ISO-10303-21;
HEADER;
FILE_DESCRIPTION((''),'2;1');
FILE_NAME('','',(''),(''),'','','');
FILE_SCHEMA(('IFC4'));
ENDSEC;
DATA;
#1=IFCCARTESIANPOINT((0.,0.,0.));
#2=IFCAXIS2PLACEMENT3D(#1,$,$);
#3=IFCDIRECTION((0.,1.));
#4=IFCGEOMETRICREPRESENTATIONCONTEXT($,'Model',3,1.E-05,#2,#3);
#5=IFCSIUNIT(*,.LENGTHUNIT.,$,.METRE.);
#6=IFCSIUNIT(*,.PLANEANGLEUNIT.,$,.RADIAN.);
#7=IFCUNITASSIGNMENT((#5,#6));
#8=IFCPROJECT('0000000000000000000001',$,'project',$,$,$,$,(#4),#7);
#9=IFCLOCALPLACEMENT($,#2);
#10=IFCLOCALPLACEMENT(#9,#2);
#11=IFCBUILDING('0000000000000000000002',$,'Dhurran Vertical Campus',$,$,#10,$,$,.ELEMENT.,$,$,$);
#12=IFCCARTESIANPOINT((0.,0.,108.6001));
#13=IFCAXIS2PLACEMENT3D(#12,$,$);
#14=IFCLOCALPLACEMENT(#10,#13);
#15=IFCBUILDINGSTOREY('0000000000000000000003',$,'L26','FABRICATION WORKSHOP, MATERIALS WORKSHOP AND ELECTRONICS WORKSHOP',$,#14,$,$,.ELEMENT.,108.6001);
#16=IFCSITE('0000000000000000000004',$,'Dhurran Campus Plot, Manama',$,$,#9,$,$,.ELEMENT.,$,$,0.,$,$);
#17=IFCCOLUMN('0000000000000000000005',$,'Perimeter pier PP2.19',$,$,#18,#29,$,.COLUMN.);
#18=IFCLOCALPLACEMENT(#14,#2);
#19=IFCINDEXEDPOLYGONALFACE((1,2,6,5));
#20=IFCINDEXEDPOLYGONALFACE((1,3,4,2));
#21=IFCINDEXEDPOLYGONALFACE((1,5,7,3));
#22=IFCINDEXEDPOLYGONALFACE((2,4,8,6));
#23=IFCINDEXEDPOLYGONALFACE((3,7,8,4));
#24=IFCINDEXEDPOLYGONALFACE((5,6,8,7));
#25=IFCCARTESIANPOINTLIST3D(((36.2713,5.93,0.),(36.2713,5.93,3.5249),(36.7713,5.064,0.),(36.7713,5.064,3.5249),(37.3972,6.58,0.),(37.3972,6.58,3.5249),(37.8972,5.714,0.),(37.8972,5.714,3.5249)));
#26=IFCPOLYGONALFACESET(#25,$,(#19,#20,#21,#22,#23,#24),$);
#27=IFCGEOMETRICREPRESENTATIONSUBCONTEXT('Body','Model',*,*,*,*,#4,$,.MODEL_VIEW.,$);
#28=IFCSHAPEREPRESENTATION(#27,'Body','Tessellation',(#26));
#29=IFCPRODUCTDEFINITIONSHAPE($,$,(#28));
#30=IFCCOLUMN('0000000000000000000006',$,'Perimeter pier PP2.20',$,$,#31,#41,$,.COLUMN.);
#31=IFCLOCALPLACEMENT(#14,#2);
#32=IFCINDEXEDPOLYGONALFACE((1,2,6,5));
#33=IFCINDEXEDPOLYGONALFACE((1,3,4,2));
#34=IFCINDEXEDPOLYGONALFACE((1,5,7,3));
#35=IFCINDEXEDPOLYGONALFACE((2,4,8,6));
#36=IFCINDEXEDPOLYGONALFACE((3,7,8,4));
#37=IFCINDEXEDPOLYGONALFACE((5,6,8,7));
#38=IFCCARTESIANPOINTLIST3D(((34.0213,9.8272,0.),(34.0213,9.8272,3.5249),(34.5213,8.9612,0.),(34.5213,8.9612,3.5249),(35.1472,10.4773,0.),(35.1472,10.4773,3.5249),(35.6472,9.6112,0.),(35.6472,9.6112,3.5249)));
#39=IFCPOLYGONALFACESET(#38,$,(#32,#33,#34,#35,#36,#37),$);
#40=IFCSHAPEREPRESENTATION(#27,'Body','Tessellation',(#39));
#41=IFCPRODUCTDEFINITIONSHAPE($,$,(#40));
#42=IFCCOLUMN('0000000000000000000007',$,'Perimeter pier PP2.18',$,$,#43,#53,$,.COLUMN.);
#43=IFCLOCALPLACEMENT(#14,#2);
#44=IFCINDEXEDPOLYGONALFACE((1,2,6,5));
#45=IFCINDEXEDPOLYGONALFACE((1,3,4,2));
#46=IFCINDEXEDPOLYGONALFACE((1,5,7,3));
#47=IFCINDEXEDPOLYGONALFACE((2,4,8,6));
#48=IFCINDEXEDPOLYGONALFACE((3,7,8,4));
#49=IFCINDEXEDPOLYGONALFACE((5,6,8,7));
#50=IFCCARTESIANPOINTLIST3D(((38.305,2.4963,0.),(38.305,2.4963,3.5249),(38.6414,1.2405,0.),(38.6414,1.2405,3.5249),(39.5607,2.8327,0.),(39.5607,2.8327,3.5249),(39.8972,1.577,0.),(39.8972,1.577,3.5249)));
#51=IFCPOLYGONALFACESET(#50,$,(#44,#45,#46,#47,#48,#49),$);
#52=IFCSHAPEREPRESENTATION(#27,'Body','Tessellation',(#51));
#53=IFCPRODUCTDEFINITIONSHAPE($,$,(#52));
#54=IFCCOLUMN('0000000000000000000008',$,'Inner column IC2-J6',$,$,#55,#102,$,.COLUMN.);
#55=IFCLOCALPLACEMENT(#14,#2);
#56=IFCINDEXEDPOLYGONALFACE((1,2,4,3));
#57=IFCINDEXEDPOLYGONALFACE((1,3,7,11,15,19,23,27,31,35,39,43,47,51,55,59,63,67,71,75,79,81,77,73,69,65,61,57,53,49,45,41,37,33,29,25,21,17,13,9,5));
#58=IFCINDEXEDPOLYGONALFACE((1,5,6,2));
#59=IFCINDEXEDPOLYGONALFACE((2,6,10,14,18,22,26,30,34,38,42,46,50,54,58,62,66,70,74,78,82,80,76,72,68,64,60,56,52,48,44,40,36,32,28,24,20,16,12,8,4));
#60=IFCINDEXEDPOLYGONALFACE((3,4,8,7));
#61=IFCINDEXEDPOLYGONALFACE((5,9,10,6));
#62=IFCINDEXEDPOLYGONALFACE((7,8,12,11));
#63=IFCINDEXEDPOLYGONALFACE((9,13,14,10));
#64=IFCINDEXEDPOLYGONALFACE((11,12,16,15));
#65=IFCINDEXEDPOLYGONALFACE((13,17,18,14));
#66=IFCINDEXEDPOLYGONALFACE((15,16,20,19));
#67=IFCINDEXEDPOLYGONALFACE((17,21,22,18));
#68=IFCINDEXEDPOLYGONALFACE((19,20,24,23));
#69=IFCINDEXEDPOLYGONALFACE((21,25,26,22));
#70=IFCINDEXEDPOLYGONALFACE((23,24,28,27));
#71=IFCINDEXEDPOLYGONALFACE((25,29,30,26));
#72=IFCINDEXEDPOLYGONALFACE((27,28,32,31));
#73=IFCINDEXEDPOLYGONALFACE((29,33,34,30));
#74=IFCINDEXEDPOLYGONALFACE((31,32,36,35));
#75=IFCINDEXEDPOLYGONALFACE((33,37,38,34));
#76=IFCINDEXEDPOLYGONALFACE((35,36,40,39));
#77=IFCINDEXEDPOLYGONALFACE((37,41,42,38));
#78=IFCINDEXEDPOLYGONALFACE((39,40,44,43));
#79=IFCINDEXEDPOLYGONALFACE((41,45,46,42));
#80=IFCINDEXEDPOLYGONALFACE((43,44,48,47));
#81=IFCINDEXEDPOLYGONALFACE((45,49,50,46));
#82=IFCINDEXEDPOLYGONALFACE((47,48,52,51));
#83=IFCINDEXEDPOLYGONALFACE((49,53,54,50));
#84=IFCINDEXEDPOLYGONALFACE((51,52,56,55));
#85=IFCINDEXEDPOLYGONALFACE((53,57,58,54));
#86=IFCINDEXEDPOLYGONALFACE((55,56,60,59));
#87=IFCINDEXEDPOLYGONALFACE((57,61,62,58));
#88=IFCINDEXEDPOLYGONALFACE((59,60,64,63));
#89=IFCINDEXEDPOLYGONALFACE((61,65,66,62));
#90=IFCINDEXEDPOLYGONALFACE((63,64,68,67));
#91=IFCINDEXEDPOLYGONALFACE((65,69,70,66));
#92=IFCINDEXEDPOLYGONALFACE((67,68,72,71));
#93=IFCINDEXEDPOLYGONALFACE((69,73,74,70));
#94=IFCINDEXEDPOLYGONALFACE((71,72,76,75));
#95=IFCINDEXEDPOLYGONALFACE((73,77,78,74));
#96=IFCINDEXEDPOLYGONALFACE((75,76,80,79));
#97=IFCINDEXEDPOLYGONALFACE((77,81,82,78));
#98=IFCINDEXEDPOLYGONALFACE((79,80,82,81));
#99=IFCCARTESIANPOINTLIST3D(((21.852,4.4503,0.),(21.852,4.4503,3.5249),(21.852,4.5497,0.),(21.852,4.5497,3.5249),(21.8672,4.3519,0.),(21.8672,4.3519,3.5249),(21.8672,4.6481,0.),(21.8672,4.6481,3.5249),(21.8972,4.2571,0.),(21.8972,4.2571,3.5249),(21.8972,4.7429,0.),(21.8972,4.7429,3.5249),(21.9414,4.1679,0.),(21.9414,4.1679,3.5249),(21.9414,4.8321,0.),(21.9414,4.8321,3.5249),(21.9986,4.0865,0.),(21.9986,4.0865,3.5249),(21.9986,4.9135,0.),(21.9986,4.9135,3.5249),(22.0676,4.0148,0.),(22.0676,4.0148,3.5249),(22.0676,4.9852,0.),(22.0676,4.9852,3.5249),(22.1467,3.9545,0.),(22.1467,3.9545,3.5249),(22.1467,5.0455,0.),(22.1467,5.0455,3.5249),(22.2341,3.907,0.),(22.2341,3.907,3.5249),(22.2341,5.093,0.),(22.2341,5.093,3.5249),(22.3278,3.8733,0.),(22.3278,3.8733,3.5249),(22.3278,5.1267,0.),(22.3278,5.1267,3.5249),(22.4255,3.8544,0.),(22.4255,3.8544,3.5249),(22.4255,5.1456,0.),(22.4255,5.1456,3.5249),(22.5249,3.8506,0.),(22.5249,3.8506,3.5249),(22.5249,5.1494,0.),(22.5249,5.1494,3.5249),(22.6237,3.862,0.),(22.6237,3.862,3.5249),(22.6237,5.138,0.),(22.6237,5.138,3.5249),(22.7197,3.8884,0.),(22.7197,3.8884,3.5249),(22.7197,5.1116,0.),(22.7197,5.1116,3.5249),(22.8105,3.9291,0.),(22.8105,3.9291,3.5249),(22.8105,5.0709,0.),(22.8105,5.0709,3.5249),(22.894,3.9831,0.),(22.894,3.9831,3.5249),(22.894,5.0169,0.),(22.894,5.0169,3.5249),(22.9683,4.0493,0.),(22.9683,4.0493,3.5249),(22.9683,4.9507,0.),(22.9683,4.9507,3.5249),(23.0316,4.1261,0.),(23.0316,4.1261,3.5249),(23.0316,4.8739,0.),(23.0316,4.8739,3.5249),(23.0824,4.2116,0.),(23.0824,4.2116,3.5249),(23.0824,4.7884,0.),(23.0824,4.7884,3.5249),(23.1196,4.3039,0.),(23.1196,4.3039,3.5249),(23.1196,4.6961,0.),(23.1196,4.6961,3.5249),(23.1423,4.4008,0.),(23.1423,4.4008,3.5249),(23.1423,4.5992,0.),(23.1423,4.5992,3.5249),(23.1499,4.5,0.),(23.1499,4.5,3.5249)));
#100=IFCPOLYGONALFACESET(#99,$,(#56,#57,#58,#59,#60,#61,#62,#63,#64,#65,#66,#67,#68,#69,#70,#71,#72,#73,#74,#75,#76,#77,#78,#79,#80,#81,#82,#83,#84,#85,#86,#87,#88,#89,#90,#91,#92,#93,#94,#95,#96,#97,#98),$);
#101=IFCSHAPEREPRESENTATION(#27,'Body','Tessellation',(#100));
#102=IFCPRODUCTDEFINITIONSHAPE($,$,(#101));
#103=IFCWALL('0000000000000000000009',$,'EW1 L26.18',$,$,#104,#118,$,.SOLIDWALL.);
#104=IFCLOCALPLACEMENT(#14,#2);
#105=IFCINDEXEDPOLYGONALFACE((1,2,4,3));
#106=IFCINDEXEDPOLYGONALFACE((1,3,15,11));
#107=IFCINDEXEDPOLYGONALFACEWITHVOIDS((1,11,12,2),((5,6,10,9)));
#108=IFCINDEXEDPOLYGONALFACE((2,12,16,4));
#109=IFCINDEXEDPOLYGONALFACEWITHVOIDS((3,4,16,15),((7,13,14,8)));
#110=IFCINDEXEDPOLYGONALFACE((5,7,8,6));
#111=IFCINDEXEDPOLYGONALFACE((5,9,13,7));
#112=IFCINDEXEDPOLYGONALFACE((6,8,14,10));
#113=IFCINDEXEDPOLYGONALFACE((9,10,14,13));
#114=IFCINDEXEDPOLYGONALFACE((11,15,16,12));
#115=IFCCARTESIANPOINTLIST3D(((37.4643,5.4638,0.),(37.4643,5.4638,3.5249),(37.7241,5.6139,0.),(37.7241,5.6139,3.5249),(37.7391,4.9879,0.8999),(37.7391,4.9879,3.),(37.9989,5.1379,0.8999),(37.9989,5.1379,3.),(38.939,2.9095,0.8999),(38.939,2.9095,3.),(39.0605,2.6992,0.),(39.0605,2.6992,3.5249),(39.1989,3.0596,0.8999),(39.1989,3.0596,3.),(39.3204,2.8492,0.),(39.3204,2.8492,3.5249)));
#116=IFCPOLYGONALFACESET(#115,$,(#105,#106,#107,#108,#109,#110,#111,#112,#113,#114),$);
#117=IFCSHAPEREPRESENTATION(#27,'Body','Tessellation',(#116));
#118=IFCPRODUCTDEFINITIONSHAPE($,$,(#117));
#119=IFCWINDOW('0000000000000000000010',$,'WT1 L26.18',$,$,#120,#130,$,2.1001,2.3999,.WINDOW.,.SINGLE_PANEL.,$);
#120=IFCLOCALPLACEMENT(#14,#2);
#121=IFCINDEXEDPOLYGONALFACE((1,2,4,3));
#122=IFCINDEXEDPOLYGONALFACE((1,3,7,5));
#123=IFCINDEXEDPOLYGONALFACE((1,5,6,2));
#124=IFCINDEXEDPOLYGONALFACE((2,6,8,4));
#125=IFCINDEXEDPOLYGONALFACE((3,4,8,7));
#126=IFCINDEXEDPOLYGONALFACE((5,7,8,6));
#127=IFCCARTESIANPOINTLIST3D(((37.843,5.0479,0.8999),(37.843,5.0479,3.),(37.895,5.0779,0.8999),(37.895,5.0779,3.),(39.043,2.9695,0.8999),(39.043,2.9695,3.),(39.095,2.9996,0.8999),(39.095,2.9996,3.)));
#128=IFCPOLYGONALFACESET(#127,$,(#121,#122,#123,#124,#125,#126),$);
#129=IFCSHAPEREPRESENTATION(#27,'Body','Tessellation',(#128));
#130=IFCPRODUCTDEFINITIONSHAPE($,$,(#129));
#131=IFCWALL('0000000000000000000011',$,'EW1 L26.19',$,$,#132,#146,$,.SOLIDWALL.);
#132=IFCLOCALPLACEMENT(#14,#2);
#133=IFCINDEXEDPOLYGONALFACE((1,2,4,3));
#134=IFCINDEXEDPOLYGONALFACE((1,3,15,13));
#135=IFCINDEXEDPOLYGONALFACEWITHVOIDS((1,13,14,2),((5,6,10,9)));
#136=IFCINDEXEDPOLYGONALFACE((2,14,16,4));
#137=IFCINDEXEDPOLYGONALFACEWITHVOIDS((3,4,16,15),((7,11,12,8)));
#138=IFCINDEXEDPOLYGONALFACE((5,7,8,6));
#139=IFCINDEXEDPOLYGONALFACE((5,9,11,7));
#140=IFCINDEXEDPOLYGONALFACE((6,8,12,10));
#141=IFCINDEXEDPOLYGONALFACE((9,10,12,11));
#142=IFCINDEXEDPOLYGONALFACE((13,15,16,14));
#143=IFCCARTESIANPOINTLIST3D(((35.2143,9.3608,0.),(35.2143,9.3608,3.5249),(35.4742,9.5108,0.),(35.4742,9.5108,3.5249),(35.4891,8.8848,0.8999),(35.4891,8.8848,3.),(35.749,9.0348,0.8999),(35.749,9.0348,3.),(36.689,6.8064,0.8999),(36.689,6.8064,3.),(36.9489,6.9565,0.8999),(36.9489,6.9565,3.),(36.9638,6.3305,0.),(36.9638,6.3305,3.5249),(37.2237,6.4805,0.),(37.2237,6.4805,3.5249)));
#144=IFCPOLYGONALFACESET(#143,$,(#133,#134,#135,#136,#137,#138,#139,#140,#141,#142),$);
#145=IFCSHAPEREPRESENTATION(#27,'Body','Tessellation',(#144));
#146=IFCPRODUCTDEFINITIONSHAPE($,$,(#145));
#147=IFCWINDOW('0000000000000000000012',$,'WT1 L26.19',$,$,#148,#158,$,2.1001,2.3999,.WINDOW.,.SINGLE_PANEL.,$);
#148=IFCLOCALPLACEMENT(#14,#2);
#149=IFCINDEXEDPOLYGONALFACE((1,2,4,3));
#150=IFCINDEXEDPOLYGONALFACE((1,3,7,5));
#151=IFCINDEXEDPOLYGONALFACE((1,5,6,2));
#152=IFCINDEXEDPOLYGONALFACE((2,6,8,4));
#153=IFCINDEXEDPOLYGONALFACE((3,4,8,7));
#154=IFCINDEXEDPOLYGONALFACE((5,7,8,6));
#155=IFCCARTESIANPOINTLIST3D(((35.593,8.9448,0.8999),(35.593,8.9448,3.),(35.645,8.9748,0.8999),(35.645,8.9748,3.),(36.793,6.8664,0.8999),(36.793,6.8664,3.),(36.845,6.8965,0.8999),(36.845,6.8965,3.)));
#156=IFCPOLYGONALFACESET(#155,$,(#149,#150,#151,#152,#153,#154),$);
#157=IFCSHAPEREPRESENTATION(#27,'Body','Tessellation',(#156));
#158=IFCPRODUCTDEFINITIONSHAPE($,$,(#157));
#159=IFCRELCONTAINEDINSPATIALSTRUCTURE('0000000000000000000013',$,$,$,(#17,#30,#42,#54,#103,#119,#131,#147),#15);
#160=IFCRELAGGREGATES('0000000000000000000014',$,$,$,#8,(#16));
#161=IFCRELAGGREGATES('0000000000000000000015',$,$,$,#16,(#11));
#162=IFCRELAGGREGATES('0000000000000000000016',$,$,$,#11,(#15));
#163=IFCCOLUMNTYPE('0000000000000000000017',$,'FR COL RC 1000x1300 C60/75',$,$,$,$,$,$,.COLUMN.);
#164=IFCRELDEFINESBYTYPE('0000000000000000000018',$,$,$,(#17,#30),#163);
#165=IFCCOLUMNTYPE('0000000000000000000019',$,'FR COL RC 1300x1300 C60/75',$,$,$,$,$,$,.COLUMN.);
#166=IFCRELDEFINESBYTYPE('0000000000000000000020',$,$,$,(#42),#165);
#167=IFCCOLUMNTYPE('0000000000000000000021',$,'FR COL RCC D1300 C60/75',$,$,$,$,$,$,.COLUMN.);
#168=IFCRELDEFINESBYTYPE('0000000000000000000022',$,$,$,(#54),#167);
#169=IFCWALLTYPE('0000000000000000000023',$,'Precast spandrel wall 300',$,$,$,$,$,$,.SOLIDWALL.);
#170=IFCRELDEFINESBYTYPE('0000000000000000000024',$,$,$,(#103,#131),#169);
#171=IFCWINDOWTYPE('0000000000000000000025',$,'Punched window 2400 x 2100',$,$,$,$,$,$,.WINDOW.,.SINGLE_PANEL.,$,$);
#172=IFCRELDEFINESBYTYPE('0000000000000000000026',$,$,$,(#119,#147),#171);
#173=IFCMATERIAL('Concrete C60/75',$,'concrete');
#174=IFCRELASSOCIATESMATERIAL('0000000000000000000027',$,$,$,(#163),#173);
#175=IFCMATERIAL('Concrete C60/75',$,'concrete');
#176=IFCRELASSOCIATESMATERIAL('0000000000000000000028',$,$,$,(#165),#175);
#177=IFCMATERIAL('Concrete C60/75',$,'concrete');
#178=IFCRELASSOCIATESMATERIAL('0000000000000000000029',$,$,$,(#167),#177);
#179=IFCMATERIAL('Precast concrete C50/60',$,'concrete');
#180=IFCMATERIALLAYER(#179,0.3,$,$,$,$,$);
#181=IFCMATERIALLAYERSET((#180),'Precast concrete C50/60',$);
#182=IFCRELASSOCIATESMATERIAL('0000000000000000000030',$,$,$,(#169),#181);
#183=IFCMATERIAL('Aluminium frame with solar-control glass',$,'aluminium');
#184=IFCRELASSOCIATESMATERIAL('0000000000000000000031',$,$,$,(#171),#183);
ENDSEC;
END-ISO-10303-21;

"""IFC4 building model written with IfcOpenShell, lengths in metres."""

from ifc_helpers import new_model, si_unit, direction, frame, frame_2d, origin, origin_2d, place, context, subcontext, project, spatial, rectangle, circle, extrude, material, layer, layer_set, material_profile, profile_set, type_object, element, fill, save


model = new_model("IFC4")

# Units and contexts
model_context = context("Model", 3, precision=1e-05, world=origin(), true_north=direction((0.0, 1.0)))
body_context = subcontext(model_context, "Body", "Model", "MODEL_VIEW")
ifc_project = project(units=[si_unit("LENGTHUNIT", "METRE"), si_unit("PLANEANGLEUNIT", "RADIAN")], contexts=[model_context])

# Site, building, storey
site_placement = place(None, origin())
site = spatial("IfcSite", under=ifc_project, at=site_placement, Name="Dhurran Campus Plot, Manama", CompositionType="ELEMENT", RefElevation=0.0)
building_placement = place(site_placement, origin())
building = spatial("IfcBuilding", under=site, at=building_placement, Name="Dhurran Vertical Campus", CompositionType="ELEMENT")
storey_placement = place(building_placement, frame((0.0, 0.0, 108.6001)))
storey = spatial("IfcBuildingStorey", under=building, at=storey_placement, Name="L26", Description="FABRICATION WORKSHOP, MATERIALS WORKSHOP AND ELECTRONICS WORKSHOP", CompositionType="ELEMENT", Elevation=108.6001)

# Columns
ifc_material_1 = material(Name="Concrete C60/75", Category="concrete")
ifc_material_profile_1 = material_profile(ifc_material_1, rectangle(XDim=1.0, YDim=1.3, at=origin_2d()), Name="RC 1000x1300")
ifc_profile_set_1 = profile_set([ifc_material_profile_1], Name="Concrete C60/75")
column_type_1 = type_object("IfcColumnType", Name="FR COL RC 1000x1300 C60/75", PredefinedType="COLUMN", material=ifc_profile_set_1)
for number, where, z_axis, x_axis, name in (
    (1, (37.0842, 5.822, 0.0), (0.0, 0.0, 1.0), (-0.5, 0.866025, 0.0), "Perimeter pier PP2.19"),
    (2, (34.8342, 9.7192, 0.0), (0.0, 0.0, 1.0), (-0.5, 0.866025, 0.0), "Perimeter pier PP2.20"),
):
    element("IfcColumn", number, at=place(storey_placement, frame(where, z_axis=z_axis, x_axis=x_axis)), inside=storey, type_object=column_type_1, Name=name, PredefinedType="COLUMN", context=body_context, shape_type="SweptSolid", body=[
        extrude(rectangle(XDim=1.0, YDim=1.3, at=origin_2d()), origin(), (0.0, 0.0, 1.0), 3.5249),
    ])
ifc_material_2 = material(Name="Concrete C60/75", Category="concrete")
ifc_material_profile_2 = material_profile(ifc_material_2, rectangle(XDim=1.3, YDim=1.3, at=origin_2d()), Name="RC 1300x1300")
ifc_profile_set_2 = profile_set([ifc_material_profile_2], Name="Concrete C60/75")
column_type_2 = type_object("IfcColumnType", Name="FR COL RC 1300x1300 C60/75", PredefinedType="COLUMN", material=ifc_profile_set_2)
column_1_placement = place(storey_placement, frame((39.1011, 2.0366, 0.0), z_axis=(0.0, 0.0, 1.0), x_axis=(-0.258819, 0.965926, 0.0)))
element("IfcColumn", 3, at=column_1_placement, inside=storey, type_object=column_type_2, Name="Perimeter pier PP2.18", PredefinedType="COLUMN", context=body_context, shape_type="SweptSolid", body=[
    extrude(rectangle(XDim=1.3, YDim=1.3, at=origin_2d()), origin(), (0.0, 0.0, 1.0), 3.5249),
])
ifc_material_3 = material(Name="Concrete C60/75", Category="concrete")
ifc_material_profile_3 = material_profile(ifc_material_3, circle(Radius=0.6499, at=origin_2d()), Name="RCC D1300")
ifc_profile_set_3 = profile_set([ifc_material_profile_3], Name="Concrete C60/75")
column_type_3 = type_object("IfcColumnType", Name="FR COL RCC D1300 C60/75", PredefinedType="COLUMN", material=ifc_profile_set_3)
column_2_placement = place(storey_placement, frame((22.5, 4.5, 0.0), z_axis=(0.0, 0.0, 1.0), x_axis=(1.0, 0.0, 0.0)))
element("IfcColumn", 4, at=column_2_placement, inside=storey, type_object=column_type_3, Name="Inner column IC2-J6", PredefinedType="COLUMN", context=body_context, shape_type="SweptSolid", body=[
    extrude(circle(Radius=0.6499, at=origin_2d()), origin(), (0.0, 0.0, 1.0), 3.5249),
])

# Walls, openings, windows
ifc_material_4 = material(Name="Precast concrete C50/60", Category="concrete")
ifc_layer_1 = layer(ifc_material_4, 0.3)
ifc_layer_set_1 = layer_set([ifc_layer_1], Name="Precast concrete C50/60")
wall_type_1 = type_object("IfcWallType", Name="Precast spandrel wall 300", PredefinedType="SOLIDWALL", material=ifc_layer_set_1)
wall_1_placement = place(storey_placement, frame((39.1904, 2.7742, 0.0), z_axis=(0.0, 0.0, 1.0), x_axis=(-0.500005, 0.866023, 0.0)))
wall_1 = element("IfcWall", 5, at=wall_1_placement, inside=storey, type_object=wall_type_1, Name="EW1 L26.18", PredefinedType="SOLIDWALL", context=body_context, shape_type="SweptSolid", body=[
    extrude(rectangle(XDim=3.1924, YDim=0.3, at=frame_2d((1.5962, 0.0))), origin(), (0.0, 0.0, 1.0), 3.5249),
])
opening_1_placement = place(wall_1_placement, frame((0.2429, 0.0, 0.8999)))
opening_1 = element("IfcOpeningElement", 6, at=opening_1_placement, cuts=wall_1, PredefinedType="OPENING", context=body_context, shape_type="SweptSolid", body=[
    extrude(rectangle(XDim=2.3999, YDim=2.1001, at=frame_2d((1.2, 1.05))), frame((0.0, 0.1599, 0.0), z_axis=(0.0, -1.0, 0.0), x_axis=(1.0, 0.0, 0.0)), (0.0, 0.0, 1.0), 0.3201),
])
ifc_material_5 = material(Name="Aluminium frame with solar-control glass", Category="aluminium")
window_type = type_object("IfcWindowType", Name="Punched window 2400 x 2100", PartitioningType="SINGLE_PANEL", PredefinedType="WINDOW", material=ifc_material_5)
window_1_placement = place(opening_1_placement, origin())
window_1 = element("IfcWindow", 7, at=window_1_placement, inside=storey, type_object=window_type, Name="WT1 L26.18", OverallHeight=2.1001, OverallWidth=2.3999, PartitioningType="SINGLE_PANEL", PredefinedType="WINDOW", context=body_context, shape_type="SweptSolid", body=[
    extrude(rectangle(XDim=2.3999, YDim=2.1001, at=frame_2d((1.2, 1.05))), frame((0.0, 0.03, 0.0), z_axis=(0.0, -1.0, 0.0), x_axis=(1.0, 0.0, 0.0)), (0.0, 0.0, 1.0), 0.0601),
])
fill(opening_1, window_1)
wall_2_placement = place(storey_placement, frame((37.0938, 6.4055, 0.0), z_axis=(0.0, 0.0, 1.0), x_axis=(-0.499996, 0.866028, 0.0)))
wall_2 = element("IfcWall", 8, at=wall_2_placement, inside=storey, type_object=wall_type_1, Name="EW1 L26.19", PredefinedType="SOLIDWALL", context=body_context, shape_type="SweptSolid", body=[
    extrude(rectangle(XDim=3.499, YDim=0.3, at=frame_2d((1.7495, 0.0))), origin(), (0.0, 0.0, 1.0), 3.5249),
])
opening_2_placement = place(wall_2_placement, frame((0.5496, 0.0, 0.8999)))
opening_2 = element("IfcOpeningElement", 9, at=opening_2_placement, cuts=wall_2, PredefinedType="OPENING", context=body_context, shape_type="SweptSolid", body=[
    extrude(rectangle(XDim=2.3999, YDim=2.1001, at=frame_2d((1.2, 1.05))), frame((0.0, 0.1599, 0.0), z_axis=(0.0, -1.0, 0.0), x_axis=(1.0, 0.0, 0.0)), (0.0, 0.0, 1.0), 0.3201),
])
window_2_placement = place(opening_2_placement, origin())
window_2 = element("IfcWindow", 10, at=window_2_placement, inside=storey, type_object=window_type, Name="WT1 L26.19", OverallHeight=2.1001, OverallWidth=2.3999, PartitioningType="SINGLE_PANEL", PredefinedType="WINDOW", context=body_context, shape_type="SweptSolid", body=[
    extrude(rectangle(XDim=2.3999, YDim=2.1001, at=frame_2d((1.2, 1.05))), frame((0.0, 0.03, 0.0), z_axis=(0.0, -1.0, 0.0), x_axis=(1.0, 0.0, 0.0)), (0.0, 0.0, 1.0), 0.0601),
])
fill(opening_2, window_2)

save(model, "model.ifc")
